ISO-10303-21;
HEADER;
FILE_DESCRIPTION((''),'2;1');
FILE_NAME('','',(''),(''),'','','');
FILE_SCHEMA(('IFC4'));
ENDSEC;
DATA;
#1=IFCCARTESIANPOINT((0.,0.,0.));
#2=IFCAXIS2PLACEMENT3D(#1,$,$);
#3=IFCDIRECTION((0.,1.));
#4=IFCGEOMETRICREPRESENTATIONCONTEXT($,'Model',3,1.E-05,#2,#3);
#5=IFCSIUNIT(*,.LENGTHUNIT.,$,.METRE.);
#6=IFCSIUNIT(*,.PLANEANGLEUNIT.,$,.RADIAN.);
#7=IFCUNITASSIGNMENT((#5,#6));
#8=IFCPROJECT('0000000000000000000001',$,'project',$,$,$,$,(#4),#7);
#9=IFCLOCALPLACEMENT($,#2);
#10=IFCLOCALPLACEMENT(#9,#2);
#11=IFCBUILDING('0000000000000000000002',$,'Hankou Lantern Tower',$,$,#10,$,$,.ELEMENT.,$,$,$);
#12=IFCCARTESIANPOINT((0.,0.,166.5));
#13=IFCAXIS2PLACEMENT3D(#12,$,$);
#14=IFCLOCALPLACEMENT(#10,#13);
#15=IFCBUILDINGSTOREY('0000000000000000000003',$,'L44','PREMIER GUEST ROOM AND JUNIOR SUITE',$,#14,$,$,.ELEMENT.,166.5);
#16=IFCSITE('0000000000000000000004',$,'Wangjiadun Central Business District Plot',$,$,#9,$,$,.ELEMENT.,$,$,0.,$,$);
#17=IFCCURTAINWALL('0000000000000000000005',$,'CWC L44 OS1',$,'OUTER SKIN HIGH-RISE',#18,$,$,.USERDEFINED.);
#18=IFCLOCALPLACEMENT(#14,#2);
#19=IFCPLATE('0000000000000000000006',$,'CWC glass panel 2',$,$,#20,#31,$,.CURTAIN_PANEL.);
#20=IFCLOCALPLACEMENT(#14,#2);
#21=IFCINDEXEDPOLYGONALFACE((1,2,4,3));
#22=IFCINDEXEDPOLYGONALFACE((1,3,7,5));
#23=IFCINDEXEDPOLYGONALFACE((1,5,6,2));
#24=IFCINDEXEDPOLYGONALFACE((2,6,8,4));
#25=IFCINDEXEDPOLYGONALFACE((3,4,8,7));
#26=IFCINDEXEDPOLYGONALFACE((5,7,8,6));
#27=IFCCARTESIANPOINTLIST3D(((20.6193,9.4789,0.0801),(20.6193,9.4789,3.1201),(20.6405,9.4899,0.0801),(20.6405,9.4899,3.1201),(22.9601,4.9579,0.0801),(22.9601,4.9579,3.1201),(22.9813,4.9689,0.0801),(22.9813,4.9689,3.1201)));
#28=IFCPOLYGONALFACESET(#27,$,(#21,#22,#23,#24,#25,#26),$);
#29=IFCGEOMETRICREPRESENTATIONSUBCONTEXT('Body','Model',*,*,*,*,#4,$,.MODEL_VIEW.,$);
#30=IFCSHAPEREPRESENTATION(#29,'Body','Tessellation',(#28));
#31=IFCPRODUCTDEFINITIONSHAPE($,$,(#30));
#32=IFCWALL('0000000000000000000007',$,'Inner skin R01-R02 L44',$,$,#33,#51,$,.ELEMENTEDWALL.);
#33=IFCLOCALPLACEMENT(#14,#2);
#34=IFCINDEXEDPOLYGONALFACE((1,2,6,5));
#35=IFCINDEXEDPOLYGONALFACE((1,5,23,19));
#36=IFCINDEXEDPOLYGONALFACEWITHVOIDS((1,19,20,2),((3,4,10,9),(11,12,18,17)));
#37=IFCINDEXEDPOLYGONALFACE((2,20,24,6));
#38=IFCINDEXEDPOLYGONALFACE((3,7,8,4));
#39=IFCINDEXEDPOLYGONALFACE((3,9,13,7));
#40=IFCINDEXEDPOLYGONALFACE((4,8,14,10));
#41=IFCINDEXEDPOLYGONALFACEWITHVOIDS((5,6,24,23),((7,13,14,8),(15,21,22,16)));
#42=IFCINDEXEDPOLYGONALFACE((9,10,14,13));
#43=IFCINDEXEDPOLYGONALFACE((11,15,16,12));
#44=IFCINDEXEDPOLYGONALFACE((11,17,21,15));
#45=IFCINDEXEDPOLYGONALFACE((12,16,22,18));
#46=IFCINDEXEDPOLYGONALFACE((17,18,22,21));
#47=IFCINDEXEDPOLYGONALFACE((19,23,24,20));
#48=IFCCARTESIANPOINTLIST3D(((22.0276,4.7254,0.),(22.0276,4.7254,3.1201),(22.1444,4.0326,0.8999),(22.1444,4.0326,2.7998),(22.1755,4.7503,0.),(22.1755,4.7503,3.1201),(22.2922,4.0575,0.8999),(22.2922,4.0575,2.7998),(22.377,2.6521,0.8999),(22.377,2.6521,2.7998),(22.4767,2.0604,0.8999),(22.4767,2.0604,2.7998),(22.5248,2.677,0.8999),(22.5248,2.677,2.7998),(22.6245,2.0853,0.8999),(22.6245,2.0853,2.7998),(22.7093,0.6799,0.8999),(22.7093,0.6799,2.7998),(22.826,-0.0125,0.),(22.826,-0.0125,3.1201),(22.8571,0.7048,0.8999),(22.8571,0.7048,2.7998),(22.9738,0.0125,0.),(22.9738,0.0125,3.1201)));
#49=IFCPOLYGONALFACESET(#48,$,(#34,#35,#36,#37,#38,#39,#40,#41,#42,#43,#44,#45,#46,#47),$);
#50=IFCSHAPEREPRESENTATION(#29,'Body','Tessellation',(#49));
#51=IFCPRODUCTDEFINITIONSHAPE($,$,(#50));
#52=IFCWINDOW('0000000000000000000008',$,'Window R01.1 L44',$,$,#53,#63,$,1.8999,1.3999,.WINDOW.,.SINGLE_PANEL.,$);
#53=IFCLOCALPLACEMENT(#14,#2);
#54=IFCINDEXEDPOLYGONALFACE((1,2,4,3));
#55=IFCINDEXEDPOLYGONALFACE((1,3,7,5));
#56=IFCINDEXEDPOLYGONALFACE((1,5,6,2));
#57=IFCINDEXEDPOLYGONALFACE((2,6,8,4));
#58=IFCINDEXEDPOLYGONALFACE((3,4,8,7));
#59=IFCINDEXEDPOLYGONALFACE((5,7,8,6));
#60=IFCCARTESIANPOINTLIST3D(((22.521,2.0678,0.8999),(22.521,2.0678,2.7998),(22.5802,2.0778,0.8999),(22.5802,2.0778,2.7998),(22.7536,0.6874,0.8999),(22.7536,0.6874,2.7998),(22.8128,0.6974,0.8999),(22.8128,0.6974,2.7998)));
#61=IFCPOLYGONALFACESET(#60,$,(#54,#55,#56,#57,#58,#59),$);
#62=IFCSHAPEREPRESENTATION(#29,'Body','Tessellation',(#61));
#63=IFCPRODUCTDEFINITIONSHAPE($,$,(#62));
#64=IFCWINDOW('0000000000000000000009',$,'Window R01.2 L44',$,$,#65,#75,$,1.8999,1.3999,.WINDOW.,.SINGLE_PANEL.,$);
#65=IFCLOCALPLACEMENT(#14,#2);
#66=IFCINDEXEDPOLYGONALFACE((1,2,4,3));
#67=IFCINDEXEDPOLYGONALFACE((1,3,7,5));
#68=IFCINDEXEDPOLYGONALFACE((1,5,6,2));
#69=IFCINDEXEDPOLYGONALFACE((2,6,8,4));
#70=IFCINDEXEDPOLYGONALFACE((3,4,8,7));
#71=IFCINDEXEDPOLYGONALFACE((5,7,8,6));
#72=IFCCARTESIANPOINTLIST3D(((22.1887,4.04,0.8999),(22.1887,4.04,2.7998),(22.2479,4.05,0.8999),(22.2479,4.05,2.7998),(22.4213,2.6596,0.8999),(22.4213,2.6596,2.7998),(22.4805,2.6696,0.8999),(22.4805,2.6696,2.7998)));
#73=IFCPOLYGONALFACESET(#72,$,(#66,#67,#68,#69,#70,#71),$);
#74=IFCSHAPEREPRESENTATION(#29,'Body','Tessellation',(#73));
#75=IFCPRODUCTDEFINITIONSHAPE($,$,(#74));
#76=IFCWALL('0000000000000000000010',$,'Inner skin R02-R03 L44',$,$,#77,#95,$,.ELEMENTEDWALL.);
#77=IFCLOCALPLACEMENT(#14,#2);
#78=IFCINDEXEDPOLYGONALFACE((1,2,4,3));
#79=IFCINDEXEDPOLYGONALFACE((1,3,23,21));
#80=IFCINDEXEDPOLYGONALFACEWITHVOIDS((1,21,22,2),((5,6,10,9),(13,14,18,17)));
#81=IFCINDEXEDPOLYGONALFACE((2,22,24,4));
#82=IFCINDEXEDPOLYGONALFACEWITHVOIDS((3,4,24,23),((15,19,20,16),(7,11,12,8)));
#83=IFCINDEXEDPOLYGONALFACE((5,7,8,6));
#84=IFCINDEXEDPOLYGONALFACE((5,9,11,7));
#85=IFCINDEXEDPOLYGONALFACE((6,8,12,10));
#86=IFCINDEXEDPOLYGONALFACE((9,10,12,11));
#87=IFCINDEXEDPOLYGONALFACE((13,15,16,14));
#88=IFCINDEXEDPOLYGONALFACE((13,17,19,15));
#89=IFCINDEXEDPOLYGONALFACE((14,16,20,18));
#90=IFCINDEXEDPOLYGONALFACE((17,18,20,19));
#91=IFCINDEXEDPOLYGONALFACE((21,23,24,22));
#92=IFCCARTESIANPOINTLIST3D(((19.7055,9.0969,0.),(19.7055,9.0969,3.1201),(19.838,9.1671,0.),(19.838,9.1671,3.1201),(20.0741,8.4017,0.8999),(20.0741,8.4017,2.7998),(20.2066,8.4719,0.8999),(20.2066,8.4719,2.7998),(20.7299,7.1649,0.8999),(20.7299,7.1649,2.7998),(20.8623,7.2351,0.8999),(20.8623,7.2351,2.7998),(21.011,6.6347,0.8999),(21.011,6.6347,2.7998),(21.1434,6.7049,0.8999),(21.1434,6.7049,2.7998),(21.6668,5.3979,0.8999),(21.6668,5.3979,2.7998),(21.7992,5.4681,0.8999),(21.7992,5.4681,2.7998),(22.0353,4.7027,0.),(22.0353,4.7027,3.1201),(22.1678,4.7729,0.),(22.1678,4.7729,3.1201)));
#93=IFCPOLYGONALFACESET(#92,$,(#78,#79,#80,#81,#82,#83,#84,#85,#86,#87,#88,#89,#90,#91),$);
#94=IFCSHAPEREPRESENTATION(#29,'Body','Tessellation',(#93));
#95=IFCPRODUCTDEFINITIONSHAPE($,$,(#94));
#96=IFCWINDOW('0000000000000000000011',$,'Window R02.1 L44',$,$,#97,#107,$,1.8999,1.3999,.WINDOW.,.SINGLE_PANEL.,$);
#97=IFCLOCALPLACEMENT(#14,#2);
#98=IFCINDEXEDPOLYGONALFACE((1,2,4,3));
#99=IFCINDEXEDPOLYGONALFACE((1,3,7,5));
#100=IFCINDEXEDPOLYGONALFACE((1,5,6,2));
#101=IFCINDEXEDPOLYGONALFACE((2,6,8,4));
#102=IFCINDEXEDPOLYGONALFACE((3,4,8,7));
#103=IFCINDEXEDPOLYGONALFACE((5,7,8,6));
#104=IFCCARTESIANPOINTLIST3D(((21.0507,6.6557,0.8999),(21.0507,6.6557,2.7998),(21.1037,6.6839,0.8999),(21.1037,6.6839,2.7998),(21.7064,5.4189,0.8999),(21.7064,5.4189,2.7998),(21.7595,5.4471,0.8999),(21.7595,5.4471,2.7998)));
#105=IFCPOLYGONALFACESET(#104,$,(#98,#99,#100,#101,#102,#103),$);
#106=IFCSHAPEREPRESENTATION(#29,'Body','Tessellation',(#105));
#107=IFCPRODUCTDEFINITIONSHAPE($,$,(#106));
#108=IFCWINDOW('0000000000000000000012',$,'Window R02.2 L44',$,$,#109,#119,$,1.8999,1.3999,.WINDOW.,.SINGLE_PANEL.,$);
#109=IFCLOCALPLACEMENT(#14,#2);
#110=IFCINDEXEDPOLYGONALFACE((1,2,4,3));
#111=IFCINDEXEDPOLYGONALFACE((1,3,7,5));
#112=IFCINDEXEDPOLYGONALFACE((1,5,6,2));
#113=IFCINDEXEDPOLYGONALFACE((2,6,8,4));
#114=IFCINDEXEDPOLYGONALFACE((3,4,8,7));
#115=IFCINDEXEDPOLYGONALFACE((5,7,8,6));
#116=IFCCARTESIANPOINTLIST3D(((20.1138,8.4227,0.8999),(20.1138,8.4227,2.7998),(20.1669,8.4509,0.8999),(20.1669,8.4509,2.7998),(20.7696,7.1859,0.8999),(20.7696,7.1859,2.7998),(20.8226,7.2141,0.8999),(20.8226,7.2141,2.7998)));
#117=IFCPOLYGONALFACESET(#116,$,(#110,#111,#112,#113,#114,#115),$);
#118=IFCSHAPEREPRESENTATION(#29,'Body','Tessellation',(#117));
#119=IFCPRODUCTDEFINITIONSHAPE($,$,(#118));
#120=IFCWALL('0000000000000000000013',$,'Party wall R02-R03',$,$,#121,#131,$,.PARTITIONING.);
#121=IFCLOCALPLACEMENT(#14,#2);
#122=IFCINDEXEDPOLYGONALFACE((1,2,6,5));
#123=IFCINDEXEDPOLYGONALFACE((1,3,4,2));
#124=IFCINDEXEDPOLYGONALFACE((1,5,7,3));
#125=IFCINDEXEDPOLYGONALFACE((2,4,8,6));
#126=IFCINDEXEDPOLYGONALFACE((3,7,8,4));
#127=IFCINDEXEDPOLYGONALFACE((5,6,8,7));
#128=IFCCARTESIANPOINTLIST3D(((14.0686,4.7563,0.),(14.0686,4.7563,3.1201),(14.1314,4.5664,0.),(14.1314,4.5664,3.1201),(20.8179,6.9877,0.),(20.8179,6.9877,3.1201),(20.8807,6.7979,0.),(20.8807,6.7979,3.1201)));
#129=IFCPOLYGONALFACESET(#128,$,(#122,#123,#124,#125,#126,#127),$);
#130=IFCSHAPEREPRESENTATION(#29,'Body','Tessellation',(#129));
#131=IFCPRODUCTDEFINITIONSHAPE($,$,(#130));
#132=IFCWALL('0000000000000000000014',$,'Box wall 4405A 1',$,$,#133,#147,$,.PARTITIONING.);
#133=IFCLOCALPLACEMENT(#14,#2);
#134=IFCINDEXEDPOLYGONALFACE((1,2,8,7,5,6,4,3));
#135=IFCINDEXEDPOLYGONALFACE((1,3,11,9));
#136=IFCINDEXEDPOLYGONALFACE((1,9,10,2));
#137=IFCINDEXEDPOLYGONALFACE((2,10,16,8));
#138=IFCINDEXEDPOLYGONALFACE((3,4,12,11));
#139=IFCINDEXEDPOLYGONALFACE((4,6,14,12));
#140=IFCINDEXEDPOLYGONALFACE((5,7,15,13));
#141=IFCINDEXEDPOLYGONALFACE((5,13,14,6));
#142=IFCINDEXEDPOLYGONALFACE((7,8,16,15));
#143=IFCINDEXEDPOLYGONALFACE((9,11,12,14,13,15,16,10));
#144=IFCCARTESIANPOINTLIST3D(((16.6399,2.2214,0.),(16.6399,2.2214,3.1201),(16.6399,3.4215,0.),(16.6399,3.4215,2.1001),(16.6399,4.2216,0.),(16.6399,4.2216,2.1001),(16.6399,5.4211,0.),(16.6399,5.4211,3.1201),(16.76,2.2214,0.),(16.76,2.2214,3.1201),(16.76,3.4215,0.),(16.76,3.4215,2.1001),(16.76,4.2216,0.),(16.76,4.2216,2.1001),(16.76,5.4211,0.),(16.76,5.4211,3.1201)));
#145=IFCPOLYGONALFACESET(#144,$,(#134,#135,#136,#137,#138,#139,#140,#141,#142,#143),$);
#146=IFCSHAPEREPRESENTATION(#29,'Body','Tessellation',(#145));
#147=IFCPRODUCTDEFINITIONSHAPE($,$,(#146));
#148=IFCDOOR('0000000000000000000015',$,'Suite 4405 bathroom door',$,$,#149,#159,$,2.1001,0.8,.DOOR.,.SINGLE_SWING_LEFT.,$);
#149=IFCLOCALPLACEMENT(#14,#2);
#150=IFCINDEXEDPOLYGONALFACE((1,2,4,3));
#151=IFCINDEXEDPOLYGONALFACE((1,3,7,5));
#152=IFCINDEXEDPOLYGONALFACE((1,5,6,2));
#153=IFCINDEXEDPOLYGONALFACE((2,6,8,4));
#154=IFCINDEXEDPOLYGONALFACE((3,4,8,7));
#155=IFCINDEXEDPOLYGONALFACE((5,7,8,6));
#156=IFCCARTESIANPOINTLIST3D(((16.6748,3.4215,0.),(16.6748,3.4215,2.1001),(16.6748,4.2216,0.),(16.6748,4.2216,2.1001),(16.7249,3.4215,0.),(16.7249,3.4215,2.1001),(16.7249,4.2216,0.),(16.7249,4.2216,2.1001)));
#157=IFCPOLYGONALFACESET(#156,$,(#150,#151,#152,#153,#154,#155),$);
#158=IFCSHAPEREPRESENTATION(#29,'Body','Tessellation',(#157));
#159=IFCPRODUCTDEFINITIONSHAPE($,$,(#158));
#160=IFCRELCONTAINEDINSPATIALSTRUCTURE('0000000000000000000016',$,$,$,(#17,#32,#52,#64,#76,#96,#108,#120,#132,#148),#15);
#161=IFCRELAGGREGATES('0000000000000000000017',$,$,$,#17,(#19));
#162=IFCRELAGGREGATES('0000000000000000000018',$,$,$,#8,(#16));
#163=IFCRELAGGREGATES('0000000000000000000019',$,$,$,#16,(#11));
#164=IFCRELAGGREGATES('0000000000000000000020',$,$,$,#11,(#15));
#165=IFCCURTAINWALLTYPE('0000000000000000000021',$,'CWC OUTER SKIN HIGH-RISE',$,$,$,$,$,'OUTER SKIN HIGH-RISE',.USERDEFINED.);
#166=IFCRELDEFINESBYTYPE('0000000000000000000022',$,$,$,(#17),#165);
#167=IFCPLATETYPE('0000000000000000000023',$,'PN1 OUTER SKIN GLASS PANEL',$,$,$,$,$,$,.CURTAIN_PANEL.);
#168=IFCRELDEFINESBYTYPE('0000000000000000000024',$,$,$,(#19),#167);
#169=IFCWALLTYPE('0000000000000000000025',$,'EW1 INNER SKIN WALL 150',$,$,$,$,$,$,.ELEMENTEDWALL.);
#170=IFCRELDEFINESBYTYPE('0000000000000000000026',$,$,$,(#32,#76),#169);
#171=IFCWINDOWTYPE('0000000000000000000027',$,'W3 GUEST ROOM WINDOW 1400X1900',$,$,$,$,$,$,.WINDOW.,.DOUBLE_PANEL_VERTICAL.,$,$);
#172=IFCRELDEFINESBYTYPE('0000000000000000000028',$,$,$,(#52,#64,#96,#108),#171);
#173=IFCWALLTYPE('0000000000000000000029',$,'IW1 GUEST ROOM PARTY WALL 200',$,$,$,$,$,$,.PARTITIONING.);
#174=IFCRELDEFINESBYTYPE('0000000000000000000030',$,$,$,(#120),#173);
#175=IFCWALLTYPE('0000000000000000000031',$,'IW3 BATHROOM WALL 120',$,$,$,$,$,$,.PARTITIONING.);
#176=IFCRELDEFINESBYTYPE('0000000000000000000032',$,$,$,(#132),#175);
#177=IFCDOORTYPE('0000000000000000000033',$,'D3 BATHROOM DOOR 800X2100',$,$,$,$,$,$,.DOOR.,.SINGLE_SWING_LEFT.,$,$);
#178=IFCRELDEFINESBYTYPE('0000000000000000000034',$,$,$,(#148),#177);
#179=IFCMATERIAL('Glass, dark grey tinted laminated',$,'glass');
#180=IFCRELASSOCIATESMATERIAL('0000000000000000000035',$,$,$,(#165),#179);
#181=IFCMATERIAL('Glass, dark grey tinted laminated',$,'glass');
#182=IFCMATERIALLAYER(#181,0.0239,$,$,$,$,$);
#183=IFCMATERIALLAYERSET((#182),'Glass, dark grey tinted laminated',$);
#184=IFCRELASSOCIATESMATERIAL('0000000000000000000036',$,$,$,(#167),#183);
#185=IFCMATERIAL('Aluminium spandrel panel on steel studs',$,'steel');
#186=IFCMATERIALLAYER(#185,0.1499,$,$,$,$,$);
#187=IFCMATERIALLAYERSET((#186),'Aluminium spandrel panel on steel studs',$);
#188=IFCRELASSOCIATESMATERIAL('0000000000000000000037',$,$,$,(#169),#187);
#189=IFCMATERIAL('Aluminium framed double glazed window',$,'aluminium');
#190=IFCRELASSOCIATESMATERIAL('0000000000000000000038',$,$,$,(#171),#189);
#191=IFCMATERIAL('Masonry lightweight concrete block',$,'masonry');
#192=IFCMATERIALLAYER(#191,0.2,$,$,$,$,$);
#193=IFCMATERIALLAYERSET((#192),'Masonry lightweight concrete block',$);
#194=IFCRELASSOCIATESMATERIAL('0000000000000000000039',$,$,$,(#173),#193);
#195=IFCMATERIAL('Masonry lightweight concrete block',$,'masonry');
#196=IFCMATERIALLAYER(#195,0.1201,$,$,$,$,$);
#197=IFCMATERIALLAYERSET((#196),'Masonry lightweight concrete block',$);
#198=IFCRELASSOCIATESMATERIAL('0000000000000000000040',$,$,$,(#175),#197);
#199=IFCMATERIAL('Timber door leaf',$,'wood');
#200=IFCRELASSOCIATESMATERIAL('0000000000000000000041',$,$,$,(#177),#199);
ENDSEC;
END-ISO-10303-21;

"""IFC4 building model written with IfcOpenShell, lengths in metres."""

from ifc_helpers import new_model, si_unit, direction, frame, frame_2d, origin, origin_2d, place, context, subcontext, project, spatial, rectangle, extrude, material, layer, layer_set, type_object, element, fill, aggregate, save


model = new_model("IFC4")

# Units and contexts
model_context = context("Model", 3, precision=1e-05, world=origin(), true_north=direction((0.0, 1.0)))
body_context = subcontext(model_context, "Body", "Model", "MODEL_VIEW")
ifc_project = project(units=[si_unit("LENGTHUNIT", "METRE"), si_unit("PLANEANGLEUNIT", "RADIAN")], contexts=[model_context])

# Site, building, storey
site_placement = place(None, origin())
site = spatial("IfcSite", under=ifc_project, at=site_placement, Name="Wangjiadun Central Business District Plot", CompositionType="ELEMENT", RefElevation=0.0)
building_placement = place(site_placement, origin())
building = spatial("IfcBuilding", under=site, at=building_placement, Name="Hankou Lantern Tower", CompositionType="ELEMENT")
storey_placement = place(building_placement, frame((0.0, 0.0, 166.5)))
storey = spatial("IfcBuildingStorey", under=building, at=storey_placement, Name="L44", Description="PREMIER GUEST ROOM AND JUNIOR SUITE", CompositionType="ELEMENT", Elevation=166.5)

# Curtain wall
ifc_material_1 = material(Name="Glass, dark grey tinted laminated", Category="glass")
curtain_wall_type = type_object("IfcCurtainWallType", Name="CWC OUTER SKIN HIGH-RISE", ElementType="OUTER SKIN HIGH-RISE", PredefinedType="USERDEFINED", material=ifc_material_1)
curtain_wall_placement = place(storey_placement, origin())
curtain_wall = element("IfcCurtainWall", 1, at=curtain_wall_placement, inside=storey, type_object=curtain_wall_type, Name="CWC L44 OS1", ObjectType="OUTER SKIN HIGH-RISE", PredefinedType="USERDEFINED")

# Plate
ifc_material_2 = material(Name="Glass, dark grey tinted laminated", Category="glass")
ifc_layer_1 = layer(ifc_material_2, 0.0239)
ifc_layer_set_1 = layer_set([ifc_layer_1], Name="Glass, dark grey tinted laminated")
plate_type = type_object("IfcPlateType", Name="PN1 OUTER SKIN GLASS PANEL", PredefinedType="CURTAIN_PANEL", material=ifc_layer_set_1)
plate_1_placement = place(storey_placement, frame((21.8003, 7.2239, 0.0801), z_axis=(0.0, 0.0, 1.0), x_axis=(-0.459791, 0.888027, 0.0)))
plate_1 = element("IfcPlate", 2, at=plate_1_placement, type_object=plate_type, Name="CWC glass panel 2", PredefinedType="CURTAIN_PANEL", context=body_context, shape_type="SweptSolid", body=[
    extrude(rectangle(XDim=5.0911, YDim=0.0239, at=origin_2d()), origin(), (0.0, 0.0, 1.0), 3.04),
])
aggregate(curtain_wall, [plate_1])

# Walls, openings, windows
ifc_material_3 = material(Name="Aluminium spandrel panel on steel studs", Category="steel")
ifc_layer_2 = layer(ifc_material_3, 0.1499)
ifc_layer_set_2 = layer_set([ifc_layer_2], Name="Aluminium spandrel panel on steel studs")
wall_type_1 = type_object("IfcWallType", Name="EW1 INNER SKIN WALL 150", PredefinedType="ELEMENTEDWALL", material=ifc_layer_set_2)
wall_1_placement = place(storey_placement, frame((22.8999, 0.0, 0.0), z_axis=(0.0, 0.0, 1.0), x_axis=(-0.166162, 0.986098, 0.0)))
wall_1 = element("IfcWall", 3, at=wall_1_placement, inside=storey, type_object=wall_type_1, Name="Inner skin R01-R02 L44", PredefinedType="ELEMENTEDWALL", context=body_context, shape_type="SweptSolid", body=[
    extrude(rectangle(XDim=4.8047, YDim=0.1499, at=frame_2d((2.4023, 0.0))), origin(), (0.0, 0.0, 1.0), 3.1201),
])
opening_1_placement = place(wall_1_placement, frame((0.7021, 0.0, 0.8999)))
opening_1 = element("IfcOpeningElement", 4, at=opening_1_placement, cuts=wall_1, PredefinedType="OPENING", context=body_context, shape_type="SweptSolid", body=[
    extrude(rectangle(XDim=1.3999, YDim=1.8999, at=frame_2d((0.7, 0.95))), frame((0.0, 0.085, 0.0), z_axis=(0.0, -1.0, 0.0), x_axis=(1.0, 0.0, 0.0)), (0.0, 0.0, 1.0), 0.1699),
])
opening_2_placement = place(wall_1_placement, frame((2.7021, 0.0, 0.8999)))
opening_2 = element("IfcOpeningElement", 5, at=opening_2_placement, cuts=wall_1, PredefinedType="OPENING", context=body_context, shape_type="SweptSolid", body=[
    extrude(rectangle(XDim=1.3999, YDim=1.8999, at=frame_2d((0.7, 0.95))), frame((0.0, 0.085, 0.0), z_axis=(0.0, -1.0, 0.0), x_axis=(1.0, 0.0, 0.0)), (0.0, 0.0, 1.0), 0.1699),
])
ifc_material_4 = material(Name="Aluminium framed double glazed window", Category="aluminium")
window_type = type_object("IfcWindowType", Name="W3 GUEST ROOM WINDOW 1400X1900", PartitioningType="DOUBLE_PANEL_VERTICAL", PredefinedType="WINDOW", material=ifc_material_4)
window_1_placement = place(opening_1_placement, origin())
window_1 = element("IfcWindow", 6, at=window_1_placement, inside=storey, type_object=window_type, Name="Window R01.1 L44", OverallHeight=1.8999, OverallWidth=1.3999, PartitioningType="SINGLE_PANEL", PredefinedType="WINDOW", context=body_context, shape_type="SweptSolid", body=[
    extrude(rectangle(XDim=1.3999, YDim=1.8999, at=frame_2d((0.7, 0.95))), frame((0.0, 0.03, 0.0), z_axis=(0.0, -1.0, 0.0), x_axis=(1.0, 0.0, 0.0)), (0.0, 0.0, 1.0), 0.0601),
])
fill(opening_1, window_1)
window_2_placement = place(opening_2_placement, origin())
window_2 = element("IfcWindow", 7, at=window_2_placement, inside=storey, type_object=window_type, Name="Window R01.2 L44", OverallHeight=1.8999, OverallWidth=1.3999, PartitioningType="SINGLE_PANEL", PredefinedType="WINDOW", context=body_context, shape_type="SweptSolid", body=[
    extrude(rectangle(XDim=1.3999, YDim=1.8999, at=frame_2d((0.7, 0.95))), frame((0.0, 0.03, 0.0), z_axis=(0.0, -1.0, 0.0), x_axis=(1.0, 0.0, 0.0)), (0.0, 0.0, 1.0), 0.0601),
])
fill(opening_2, window_2)
wall_2_placement = place(storey_placement, frame((22.1016, 4.7378, 0.0), z_axis=(0.0, 0.0, 1.0), x_axis=(-0.468429, 0.883501, 0.0)))
wall_2 = element("IfcWall", 8, at=wall_2_placement, inside=storey, type_object=wall_type_1, Name="Inner skin R02-R03 L44", PredefinedType="ELEMENTEDWALL", context=body_context, shape_type="SweptSolid", body=[
    extrude(rectangle(XDim=4.9736, YDim=0.1499, at=frame_2d((2.4868, 0.0))), origin(), (0.0, 0.0, 1.0), 3.1201),
])
opening_3_placement = place(wall_2_placement, frame((0.7869, 0.0, 0.8999)))
opening_3 = element("IfcOpeningElement", 9, at=opening_3_placement, cuts=wall_2, PredefinedType="OPENING", context=body_context, shape_type="SweptSolid", body=[
    extrude(rectangle(XDim=1.3999, YDim=1.8999, at=frame_2d((0.7, 0.95))), frame((0.0, 0.085, 0.0), z_axis=(0.0, -1.0, 0.0), x_axis=(1.0, 0.0, 0.0)), (0.0, 0.0, 1.0), 0.1699),
])
opening_4_placement = place(wall_2_placement, frame((2.7869, 0.0, 0.8999)))
opening_4 = element("IfcOpeningElement", 10, at=opening_4_placement, cuts=wall_2, PredefinedType="OPENING", context=body_context, shape_type="SweptSolid", body=[
    extrude(rectangle(XDim=1.3999, YDim=1.8999, at=frame_2d((0.7, 0.95))), frame((0.0, 0.085, 0.0), z_axis=(0.0, -1.0, 0.0), x_axis=(1.0, 0.0, 0.0)), (0.0, 0.0, 1.0), 0.1699),
])
window_3_placement = place(opening_3_placement, origin())
window_3 = element("IfcWindow", 11, at=window_3_placement, inside=storey, type_object=window_type, Name="Window R02.1 L44", OverallHeight=1.8999, OverallWidth=1.3999, PartitioningType="SINGLE_PANEL", PredefinedType="WINDOW", context=body_context, shape_type="SweptSolid", body=[
    extrude(rectangle(XDim=1.3999, YDim=1.8999, at=frame_2d((0.7, 0.95))), frame((0.0, 0.03, 0.0), z_axis=(0.0, -1.0, 0.0), x_axis=(1.0, 0.0, 0.0)), (0.0, 0.0, 1.0), 0.0601),
])
fill(opening_3, window_3)
window_4_placement = place(opening_4_placement, origin())
window_4 = element("IfcWindow", 12, at=window_4_placement, inside=storey, type_object=window_type, Name="Window R02.2 L44", OverallHeight=1.8999, OverallWidth=1.3999, PartitioningType="SINGLE_PANEL", PredefinedType="WINDOW", context=body_context, shape_type="SweptSolid", body=[
    extrude(rectangle(XDim=1.3999, YDim=1.8999, at=frame_2d((0.7, 0.95))), frame((0.0, 0.03, 0.0), z_axis=(0.0, -1.0, 0.0), x_axis=(1.0, 0.0, 0.0)), (0.0, 0.0, 1.0), 0.0601),
])
fill(opening_4, window_4)

# Wall
ifc_material_5 = material(Name="Masonry lightweight concrete block", Category="masonry")
ifc_layer_3 = layer(ifc_material_5, 0.2)
ifc_layer_set_3 = layer_set([ifc_layer_3], Name="Masonry lightweight concrete block")
wall_type_2 = type_object("IfcWallType", Name="IW1 GUEST ROOM PARTY WALL 200", PredefinedType="PARTITIONING", material=ifc_layer_set_3)
wall_3_placement = place(storey_placement, frame((14.1001, 4.6614, 0.0), z_axis=(0.0, 0.0, 1.0), x_axis=(0.949453, 0.313909, 0.0)))
element("IfcWall", 13, at=wall_3_placement, inside=storey, type_object=wall_type_2, Name="Party wall R02-R03", PredefinedType="PARTITIONING", context=body_context, shape_type="SweptSolid", body=[
    extrude(rectangle(XDim=7.1086, YDim=0.2, at=frame_2d((3.5542, 0.0))), origin(), (0.0, 0.0, 1.0), 3.1201),
])

# Wall, opening, door
ifc_material_6 = material(Name="Masonry lightweight concrete block", Category="masonry")
ifc_layer_4 = layer(ifc_material_6, 0.1201)
ifc_layer_set_4 = layer_set([ifc_layer_4], Name="Masonry lightweight concrete block")
wall_type_3 = type_object("IfcWallType", Name="IW3 BATHROOM WALL 120", PredefinedType="PARTITIONING", material=ifc_layer_set_4)
wall_4_placement = place(storey_placement, frame((16.7, 5.4211, 0.0), z_axis=(0.0, 0.0, 1.0), x_axis=(0.0, -1.0, 0.0)))
wall_4 = element("IfcWall", 14, at=wall_4_placement, inside=storey, type_object=wall_type_3, Name="Box wall 4405A 1", PredefinedType="PARTITIONING", context=body_context, shape_type="SweptSolid", body=[
    extrude(rectangle(XDim=3.1997, YDim=0.1201, at=frame_2d((1.5999, 0.0))), origin(), (0.0, 0.0, 1.0), 3.1201),
])
opening_5_placement = place(wall_4_placement, frame((1.1997, 0.0, 0.0)))
opening_5 = element("IfcOpeningElement", 15, at=opening_5_placement, cuts=wall_4, PredefinedType="OPENING", context=body_context, shape_type="SweptSolid", body=[
    extrude(rectangle(XDim=0.8, YDim=2.1001, at=frame_2d((0.3999, 1.05))), frame((0.0, 0.0701, 0.0), z_axis=(0.0, -1.0, 0.0), x_axis=(1.0, 0.0, 0.0)), (0.0, 0.0, 1.0), 0.1401),
])
ifc_material_7 = material(Name="Timber door leaf", Category="wood")
door_type_1 = type_object("IfcDoorType", Name="D3 BATHROOM DOOR 800X2100", OperationType="SINGLE_SWING_LEFT", PredefinedType="DOOR", material=ifc_material_7)
door_1_placement = place(opening_5_placement, origin())
door_1 = element("IfcDoor", 16, at=door_1_placement, inside=storey, type_object=door_type_1, Name="Suite 4405 bathroom door", OperationType="SINGLE_SWING_LEFT", OverallHeight=2.1001, OverallWidth=0.8, PredefinedType="DOOR", context=body_context, shape_type="SweptSolid", body=[
    extrude(rectangle(XDim=0.8, YDim=2.1001, at=frame_2d((0.3999, 1.05))), frame((0.0, 0.0249, 0.0), z_axis=(0.0, -1.0, 0.0), x_axis=(1.0, 0.0, 0.0)), (0.0, 0.0, 1.0), 0.05),
])
fill(opening_5, door_1)

save(model, "model.ifc")
